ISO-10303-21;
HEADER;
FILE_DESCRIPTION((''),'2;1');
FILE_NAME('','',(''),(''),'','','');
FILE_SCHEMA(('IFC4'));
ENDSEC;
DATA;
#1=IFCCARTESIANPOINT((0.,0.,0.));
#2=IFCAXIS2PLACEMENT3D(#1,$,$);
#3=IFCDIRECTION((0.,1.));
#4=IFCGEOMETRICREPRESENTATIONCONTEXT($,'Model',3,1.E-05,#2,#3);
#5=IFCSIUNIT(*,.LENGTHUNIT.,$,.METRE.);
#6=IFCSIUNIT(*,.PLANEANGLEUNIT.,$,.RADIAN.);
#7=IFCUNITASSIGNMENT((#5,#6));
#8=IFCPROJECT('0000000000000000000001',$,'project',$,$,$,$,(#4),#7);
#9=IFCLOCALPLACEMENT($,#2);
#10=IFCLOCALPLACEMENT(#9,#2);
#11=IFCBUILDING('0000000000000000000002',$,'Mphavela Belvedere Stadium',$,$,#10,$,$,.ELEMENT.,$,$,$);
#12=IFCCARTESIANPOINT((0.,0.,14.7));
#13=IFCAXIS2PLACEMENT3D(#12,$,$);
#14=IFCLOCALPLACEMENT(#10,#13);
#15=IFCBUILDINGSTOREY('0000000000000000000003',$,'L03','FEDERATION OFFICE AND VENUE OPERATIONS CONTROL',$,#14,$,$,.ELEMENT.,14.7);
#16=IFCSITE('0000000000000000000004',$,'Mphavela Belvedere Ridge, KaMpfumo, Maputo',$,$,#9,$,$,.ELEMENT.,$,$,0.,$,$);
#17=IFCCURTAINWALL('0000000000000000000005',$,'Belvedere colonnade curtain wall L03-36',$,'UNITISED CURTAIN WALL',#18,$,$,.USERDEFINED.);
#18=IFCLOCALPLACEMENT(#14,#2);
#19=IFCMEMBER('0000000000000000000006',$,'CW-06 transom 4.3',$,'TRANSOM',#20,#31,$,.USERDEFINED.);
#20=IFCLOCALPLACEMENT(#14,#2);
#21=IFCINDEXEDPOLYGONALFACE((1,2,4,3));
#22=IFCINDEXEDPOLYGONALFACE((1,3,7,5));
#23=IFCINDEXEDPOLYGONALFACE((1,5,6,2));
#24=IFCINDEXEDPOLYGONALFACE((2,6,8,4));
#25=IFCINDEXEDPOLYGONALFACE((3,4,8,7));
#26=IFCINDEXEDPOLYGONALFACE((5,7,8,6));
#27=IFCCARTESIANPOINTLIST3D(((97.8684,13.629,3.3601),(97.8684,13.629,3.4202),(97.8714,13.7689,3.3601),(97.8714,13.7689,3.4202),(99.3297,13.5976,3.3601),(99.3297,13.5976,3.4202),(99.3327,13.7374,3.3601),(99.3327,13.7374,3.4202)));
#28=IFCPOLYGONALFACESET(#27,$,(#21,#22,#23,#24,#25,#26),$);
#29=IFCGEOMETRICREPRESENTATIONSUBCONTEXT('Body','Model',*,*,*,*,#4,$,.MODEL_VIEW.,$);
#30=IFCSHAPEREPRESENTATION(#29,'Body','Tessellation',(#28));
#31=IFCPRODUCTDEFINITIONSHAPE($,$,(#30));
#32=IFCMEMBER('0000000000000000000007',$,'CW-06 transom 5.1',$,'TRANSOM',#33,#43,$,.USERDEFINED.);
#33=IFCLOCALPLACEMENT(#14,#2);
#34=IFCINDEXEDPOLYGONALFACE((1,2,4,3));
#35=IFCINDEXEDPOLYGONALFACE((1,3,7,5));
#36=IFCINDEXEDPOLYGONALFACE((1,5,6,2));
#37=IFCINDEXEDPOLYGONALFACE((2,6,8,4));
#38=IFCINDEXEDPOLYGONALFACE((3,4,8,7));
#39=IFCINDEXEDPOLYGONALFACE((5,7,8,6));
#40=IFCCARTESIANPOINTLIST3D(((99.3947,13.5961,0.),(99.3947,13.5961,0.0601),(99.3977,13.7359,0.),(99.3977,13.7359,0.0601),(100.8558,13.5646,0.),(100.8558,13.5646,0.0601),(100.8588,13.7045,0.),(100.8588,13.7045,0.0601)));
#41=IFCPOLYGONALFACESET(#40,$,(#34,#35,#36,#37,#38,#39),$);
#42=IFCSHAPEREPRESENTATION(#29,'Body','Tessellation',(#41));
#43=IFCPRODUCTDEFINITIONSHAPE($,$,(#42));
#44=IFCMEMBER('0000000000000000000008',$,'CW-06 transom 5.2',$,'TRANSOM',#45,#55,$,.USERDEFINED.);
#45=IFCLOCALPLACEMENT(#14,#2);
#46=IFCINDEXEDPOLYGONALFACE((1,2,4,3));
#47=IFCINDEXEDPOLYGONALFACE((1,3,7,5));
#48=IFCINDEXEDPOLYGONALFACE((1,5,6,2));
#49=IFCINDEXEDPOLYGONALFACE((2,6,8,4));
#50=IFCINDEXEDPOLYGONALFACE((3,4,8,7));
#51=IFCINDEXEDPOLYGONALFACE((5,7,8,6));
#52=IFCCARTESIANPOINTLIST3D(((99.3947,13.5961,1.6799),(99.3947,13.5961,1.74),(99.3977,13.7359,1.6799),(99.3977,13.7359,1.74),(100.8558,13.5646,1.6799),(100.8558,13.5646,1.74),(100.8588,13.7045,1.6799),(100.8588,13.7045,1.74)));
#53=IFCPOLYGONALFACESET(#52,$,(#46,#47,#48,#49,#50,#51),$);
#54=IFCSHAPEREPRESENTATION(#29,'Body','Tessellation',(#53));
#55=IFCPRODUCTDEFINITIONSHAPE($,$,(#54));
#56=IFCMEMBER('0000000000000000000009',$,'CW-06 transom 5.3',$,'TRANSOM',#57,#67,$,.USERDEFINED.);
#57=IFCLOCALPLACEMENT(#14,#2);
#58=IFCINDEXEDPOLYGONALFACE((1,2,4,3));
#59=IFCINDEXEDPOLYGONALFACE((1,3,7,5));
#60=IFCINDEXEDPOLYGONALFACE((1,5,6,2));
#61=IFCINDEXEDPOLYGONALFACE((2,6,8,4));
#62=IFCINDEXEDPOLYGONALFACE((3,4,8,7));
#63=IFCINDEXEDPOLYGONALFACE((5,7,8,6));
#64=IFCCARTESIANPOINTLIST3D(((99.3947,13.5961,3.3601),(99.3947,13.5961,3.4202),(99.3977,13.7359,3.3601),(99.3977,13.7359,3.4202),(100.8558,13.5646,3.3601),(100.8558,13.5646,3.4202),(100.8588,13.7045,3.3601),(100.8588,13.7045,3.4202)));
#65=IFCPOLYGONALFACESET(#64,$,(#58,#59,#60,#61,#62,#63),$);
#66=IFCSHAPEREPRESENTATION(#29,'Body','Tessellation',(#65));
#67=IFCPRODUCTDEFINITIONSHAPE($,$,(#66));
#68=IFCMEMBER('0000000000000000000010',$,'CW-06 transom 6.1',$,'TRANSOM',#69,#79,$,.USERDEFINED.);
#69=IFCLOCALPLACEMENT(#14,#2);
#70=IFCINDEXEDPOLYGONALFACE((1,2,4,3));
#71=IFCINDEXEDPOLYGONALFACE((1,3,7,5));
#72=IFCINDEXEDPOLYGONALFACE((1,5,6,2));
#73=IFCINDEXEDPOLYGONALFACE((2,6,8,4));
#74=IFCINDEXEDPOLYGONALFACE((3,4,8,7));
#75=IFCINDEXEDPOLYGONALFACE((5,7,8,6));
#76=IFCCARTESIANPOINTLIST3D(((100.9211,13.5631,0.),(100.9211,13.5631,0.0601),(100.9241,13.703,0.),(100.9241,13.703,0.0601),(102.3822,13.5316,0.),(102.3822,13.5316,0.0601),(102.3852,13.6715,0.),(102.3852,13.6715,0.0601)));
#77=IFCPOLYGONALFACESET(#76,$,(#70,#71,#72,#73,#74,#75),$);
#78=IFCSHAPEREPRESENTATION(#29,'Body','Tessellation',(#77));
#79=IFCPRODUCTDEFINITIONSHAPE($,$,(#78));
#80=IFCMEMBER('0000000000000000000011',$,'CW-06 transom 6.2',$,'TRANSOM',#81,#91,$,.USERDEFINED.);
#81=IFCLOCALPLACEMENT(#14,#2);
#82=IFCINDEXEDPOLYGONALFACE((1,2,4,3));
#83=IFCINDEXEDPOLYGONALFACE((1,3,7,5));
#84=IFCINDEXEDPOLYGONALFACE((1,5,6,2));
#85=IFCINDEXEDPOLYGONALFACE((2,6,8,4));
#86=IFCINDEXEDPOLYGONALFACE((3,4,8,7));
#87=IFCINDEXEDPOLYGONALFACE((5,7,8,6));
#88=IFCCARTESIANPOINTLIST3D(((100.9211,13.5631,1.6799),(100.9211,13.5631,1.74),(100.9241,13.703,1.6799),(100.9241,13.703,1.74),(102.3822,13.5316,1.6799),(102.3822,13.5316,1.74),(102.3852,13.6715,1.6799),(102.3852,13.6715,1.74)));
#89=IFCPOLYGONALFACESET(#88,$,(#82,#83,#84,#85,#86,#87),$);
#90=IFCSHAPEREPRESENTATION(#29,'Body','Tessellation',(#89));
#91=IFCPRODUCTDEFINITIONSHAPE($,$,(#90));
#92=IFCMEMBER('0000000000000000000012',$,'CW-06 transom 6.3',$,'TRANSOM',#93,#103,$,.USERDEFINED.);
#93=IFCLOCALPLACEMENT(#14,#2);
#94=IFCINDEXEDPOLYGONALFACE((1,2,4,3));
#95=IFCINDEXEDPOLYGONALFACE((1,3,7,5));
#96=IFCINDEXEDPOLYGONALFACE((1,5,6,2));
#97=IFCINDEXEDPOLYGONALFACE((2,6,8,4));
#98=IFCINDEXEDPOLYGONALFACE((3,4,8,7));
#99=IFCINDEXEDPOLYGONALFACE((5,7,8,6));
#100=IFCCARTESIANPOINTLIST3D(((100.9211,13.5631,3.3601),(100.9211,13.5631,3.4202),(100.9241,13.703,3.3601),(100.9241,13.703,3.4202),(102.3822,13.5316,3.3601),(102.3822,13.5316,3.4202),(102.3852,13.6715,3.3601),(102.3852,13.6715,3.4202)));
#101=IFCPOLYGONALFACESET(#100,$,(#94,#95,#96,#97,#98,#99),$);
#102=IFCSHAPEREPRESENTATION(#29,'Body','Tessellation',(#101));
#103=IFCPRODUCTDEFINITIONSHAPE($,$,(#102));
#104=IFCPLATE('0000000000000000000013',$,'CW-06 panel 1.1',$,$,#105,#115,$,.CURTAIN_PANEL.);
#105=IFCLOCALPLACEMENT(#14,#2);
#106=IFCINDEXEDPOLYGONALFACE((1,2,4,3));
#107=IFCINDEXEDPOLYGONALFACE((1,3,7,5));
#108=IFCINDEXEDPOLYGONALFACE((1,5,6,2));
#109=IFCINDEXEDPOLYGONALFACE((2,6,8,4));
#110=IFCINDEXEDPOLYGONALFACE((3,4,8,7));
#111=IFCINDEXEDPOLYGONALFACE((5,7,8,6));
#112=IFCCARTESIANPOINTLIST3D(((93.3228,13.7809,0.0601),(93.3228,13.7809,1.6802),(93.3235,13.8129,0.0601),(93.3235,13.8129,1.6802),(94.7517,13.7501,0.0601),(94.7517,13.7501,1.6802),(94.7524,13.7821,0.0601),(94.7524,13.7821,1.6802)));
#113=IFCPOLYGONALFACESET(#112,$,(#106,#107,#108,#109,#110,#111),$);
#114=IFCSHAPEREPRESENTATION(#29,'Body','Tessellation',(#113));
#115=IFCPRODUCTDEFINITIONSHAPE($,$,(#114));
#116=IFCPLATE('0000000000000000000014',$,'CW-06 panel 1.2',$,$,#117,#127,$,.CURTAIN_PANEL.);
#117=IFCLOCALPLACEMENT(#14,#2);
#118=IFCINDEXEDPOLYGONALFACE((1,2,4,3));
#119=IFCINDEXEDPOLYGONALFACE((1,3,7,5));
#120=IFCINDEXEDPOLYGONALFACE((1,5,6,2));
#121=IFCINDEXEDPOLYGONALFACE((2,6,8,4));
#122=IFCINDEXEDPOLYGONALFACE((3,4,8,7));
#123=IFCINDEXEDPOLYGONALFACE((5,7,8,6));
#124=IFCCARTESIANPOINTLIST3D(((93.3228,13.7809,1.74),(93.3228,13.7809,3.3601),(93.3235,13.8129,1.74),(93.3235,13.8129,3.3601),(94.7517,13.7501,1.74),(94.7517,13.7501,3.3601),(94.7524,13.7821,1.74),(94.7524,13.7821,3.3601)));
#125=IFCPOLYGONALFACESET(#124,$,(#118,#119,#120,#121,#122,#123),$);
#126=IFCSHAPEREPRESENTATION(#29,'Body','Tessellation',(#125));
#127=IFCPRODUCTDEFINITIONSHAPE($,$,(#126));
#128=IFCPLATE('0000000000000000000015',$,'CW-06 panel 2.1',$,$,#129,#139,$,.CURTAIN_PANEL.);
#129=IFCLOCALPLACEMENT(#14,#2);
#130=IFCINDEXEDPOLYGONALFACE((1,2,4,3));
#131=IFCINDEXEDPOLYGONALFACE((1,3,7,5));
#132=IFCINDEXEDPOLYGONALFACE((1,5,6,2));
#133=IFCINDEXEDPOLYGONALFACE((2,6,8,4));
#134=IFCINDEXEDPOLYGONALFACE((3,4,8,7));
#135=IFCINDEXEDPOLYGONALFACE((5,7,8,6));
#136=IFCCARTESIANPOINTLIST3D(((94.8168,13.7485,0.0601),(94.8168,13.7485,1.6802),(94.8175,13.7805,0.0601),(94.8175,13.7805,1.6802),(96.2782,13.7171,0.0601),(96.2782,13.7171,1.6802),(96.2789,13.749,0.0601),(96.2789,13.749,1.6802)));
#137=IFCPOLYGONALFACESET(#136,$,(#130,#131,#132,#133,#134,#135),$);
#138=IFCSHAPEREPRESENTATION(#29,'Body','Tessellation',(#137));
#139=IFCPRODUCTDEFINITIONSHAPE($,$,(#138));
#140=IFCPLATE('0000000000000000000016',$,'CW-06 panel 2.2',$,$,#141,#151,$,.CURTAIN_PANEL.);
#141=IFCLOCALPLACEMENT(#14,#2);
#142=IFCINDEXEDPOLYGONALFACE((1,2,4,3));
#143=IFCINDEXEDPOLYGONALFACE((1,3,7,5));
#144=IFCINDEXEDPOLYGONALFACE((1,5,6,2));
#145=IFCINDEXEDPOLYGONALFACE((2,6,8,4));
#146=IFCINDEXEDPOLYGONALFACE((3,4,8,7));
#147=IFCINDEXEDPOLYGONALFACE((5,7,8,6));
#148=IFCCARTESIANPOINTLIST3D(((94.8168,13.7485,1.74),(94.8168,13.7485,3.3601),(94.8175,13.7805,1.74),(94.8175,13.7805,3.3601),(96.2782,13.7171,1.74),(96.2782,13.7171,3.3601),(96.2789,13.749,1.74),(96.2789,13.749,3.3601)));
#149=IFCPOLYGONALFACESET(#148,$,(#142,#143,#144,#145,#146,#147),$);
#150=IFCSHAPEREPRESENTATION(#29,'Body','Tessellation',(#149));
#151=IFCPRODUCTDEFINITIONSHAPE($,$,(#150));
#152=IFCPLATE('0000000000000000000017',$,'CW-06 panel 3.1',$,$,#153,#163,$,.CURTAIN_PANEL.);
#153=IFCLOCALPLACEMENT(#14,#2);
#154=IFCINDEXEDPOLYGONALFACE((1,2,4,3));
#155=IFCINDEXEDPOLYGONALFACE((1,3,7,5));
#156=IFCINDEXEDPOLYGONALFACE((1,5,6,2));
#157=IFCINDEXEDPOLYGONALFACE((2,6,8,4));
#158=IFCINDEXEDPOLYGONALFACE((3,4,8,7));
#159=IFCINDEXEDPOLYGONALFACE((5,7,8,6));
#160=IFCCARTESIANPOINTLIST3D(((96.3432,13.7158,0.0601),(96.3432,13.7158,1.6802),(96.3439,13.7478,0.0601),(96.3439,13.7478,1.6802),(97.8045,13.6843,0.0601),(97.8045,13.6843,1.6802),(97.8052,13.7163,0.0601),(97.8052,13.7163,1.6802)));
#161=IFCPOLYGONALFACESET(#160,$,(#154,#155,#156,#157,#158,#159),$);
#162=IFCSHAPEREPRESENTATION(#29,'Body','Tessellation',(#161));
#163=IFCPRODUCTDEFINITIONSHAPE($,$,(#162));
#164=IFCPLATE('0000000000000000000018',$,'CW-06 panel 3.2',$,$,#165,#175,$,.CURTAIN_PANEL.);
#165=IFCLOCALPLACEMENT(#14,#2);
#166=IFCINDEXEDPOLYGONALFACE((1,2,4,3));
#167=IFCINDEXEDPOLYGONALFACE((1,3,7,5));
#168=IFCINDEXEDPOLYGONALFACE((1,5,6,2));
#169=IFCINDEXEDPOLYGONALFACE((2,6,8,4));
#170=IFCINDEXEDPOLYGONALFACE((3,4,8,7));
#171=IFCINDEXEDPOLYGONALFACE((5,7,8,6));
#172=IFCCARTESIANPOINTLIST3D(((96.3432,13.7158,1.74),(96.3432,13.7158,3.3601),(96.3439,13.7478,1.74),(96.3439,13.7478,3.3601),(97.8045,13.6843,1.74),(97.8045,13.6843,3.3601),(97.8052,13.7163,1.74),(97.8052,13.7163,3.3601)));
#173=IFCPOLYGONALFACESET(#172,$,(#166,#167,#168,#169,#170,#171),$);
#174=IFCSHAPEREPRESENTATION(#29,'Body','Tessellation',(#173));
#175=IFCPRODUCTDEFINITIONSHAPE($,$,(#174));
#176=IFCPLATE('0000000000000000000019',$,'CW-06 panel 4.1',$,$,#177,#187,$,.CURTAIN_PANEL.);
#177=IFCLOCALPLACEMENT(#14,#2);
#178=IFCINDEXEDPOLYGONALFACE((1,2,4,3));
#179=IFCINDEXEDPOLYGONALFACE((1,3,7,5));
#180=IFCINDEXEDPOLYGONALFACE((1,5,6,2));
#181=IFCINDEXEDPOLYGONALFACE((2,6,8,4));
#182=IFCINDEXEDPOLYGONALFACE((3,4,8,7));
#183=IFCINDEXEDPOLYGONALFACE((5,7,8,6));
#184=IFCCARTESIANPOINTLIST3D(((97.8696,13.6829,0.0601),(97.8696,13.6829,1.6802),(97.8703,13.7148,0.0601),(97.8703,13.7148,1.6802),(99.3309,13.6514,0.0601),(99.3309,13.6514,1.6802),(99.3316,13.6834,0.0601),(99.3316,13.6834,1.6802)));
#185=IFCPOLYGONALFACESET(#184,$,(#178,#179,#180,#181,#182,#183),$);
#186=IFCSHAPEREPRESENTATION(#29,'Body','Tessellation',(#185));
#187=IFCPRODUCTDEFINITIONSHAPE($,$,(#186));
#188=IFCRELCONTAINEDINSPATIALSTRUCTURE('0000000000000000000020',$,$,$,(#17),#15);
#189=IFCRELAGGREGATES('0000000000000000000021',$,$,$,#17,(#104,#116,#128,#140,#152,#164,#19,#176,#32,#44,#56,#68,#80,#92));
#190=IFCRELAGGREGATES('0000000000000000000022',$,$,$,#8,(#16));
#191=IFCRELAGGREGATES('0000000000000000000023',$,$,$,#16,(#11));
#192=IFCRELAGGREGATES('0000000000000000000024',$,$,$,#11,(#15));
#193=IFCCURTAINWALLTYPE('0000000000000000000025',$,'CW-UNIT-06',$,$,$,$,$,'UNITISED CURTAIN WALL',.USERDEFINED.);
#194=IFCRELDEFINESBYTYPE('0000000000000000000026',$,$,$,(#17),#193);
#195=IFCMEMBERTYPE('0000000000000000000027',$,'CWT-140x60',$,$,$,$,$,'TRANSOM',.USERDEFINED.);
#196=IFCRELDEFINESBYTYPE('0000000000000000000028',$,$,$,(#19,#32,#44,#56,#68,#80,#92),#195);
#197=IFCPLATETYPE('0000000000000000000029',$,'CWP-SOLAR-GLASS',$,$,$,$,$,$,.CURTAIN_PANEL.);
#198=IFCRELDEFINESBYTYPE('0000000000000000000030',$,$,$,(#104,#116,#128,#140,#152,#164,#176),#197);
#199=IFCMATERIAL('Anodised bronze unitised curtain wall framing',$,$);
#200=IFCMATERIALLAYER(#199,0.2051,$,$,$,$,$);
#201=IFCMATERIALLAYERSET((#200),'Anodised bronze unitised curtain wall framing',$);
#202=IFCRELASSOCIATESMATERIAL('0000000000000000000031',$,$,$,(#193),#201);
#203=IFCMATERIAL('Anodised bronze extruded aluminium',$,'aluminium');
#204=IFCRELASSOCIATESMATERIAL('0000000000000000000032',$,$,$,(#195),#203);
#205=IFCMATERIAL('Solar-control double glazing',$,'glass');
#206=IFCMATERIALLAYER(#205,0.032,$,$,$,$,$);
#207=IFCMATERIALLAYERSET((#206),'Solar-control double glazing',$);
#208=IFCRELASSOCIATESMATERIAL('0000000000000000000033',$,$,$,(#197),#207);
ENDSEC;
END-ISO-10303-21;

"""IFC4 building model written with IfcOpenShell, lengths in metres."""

from ifc_helpers import new_model, si_unit, direction, frame, origin, origin_2d, place, context, subcontext, project, spatial, rectangle, extrude, material, layer, layer_set, material_profile, profile_set, type_object, element, aggregate, save


model = new_model("IFC4")

# Units and contexts
model_context = context("Model", 3, precision=1e-05, world=origin(), true_north=direction((0.0, 1.0)))
body_context = subcontext(model_context, "Body", "Model", "MODEL_VIEW")
ifc_project = project(units=[si_unit("LENGTHUNIT", "METRE"), si_unit("PLANEANGLEUNIT", "RADIAN")], contexts=[model_context])

# Site, building, storey
site_placement = place(None, origin())
site = spatial("IfcSite", under=ifc_project, at=site_placement, Name="Mphavela Belvedere Ridge, KaMpfumo, Maputo", CompositionType="ELEMENT", RefElevation=0.0)
building_placement = place(site_placement, origin())
building = spatial("IfcBuilding", under=site, at=building_placement, Name="Mphavela Belvedere Stadium", CompositionType="ELEMENT")
storey_placement = place(building_placement, frame((0.0, 0.0, 14.7)))
storey = spatial("IfcBuildingStorey", under=building, at=storey_placement, Name="L03", Description="FEDERATION OFFICE AND VENUE OPERATIONS CONTROL", CompositionType="ELEMENT", Elevation=14.7)

# Curtain wall, members, plates
ifc_material_1 = material(Name="Anodised bronze unitised curtain wall framing")
ifc_layer_1 = layer(ifc_material_1, 0.2051)
ifc_layer_set_1 = layer_set([ifc_layer_1], Name="Anodised bronze unitised curtain wall framing")
curtain_wall_type = type_object("IfcCurtainWallType", Name="CW-UNIT-06", ElementType="UNITISED CURTAIN WALL", PredefinedType="USERDEFINED", material=ifc_layer_set_1)
curtain_wall_placement = place(storey_placement, origin())
curtain_wall = element("IfcCurtainWall", 1, at=curtain_wall_placement, inside=storey, type_object=curtain_wall_type, Name="Belvedere colonnade curtain wall L03-36", ObjectType="UNITISED CURTAIN WALL", PredefinedType="USERDEFINED")
ifc_material_2 = material(Name="Anodised bronze extruded aluminium", Category="aluminium")
ifc_material_profile_1 = material_profile(ifc_material_2, rectangle(XDim=0.1399, YDim=0.0601, at=origin_2d()), Name="CW-TRN 140x60")
ifc_profile_set_1 = profile_set([ifc_material_profile_1], Name="Anodised bronze extruded aluminium")
member_type_1 = type_object("IfcMemberType", Name="CWT-140x60", ElementType="TRANSOM", PredefinedType="USERDEFINED", material=ifc_profile_set_1)
member_1_placement = place(storey_placement, frame((97.8699, 13.699, 3.3901), z_axis=(0.999768, -0.021545, 0.0), x_axis=(0.021545, 0.999768, 0.0)))
member_1 = element("IfcMember", 2, at=member_1_placement, type_object=member_type_1, Name="CW-06 transom 4.3", ObjectType="TRANSOM", PredefinedType="USERDEFINED", context=body_context, shape_type="SweptSolid", body=[
    extrude(rectangle(XDim=0.1399, YDim=0.0601, at=origin_2d()), origin(), (0.0, 0.0, 1.0), 1.4617),
])
member_2_placement = place(storey_placement, frame((99.3962, 13.666, 0.03), z_axis=(0.999768, -0.021549, 0.0), x_axis=(0.021549, 0.999768, 0.0)))
member_2 = element("IfcMember", 3, at=member_2_placement, type_object=member_type_1, Name="CW-06 transom 5.1", ObjectType="TRANSOM", PredefinedType="USERDEFINED", context=body_context, shape_type="SweptSolid", body=[
    extrude(rectangle(XDim=0.1399, YDim=0.0601, at=origin_2d()), origin(), (0.0, 0.0, 1.0), 1.4614),
])
member_3_placement = place(storey_placement, frame((99.3962, 13.666, 1.71), z_axis=(0.999768, -0.021549, 0.0), x_axis=(0.021549, 0.999768, 0.0)))
member_3 = element("IfcMember", 4, at=member_3_placement, type_object=member_type_1, Name="CW-06 transom 5.2", ObjectType="TRANSOM", PredefinedType="USERDEFINED", context=body_context, shape_type="SweptSolid", body=[
    extrude(rectangle(XDim=0.1399, YDim=0.0601, at=origin_2d()), origin(), (0.0, 0.0, 1.0), 1.4614),
])
member_4_placement = place(storey_placement, frame((99.3962, 13.666, 3.3901), z_axis=(0.999768, -0.021549, 0.0), x_axis=(0.021549, 0.999768, 0.0)))
member_4 = element("IfcMember", 5, at=member_4_placement, type_object=member_type_1, Name="CW-06 transom 5.3", ObjectType="TRANSOM", PredefinedType="USERDEFINED", context=body_context, shape_type="SweptSolid", body=[
    extrude(rectangle(XDim=0.1399, YDim=0.0601, at=origin_2d()), origin(), (0.0, 0.0, 1.0), 1.4614),
])
member_5_placement = place(storey_placement, frame((100.9226, 13.6331, 0.03), z_axis=(0.999768, -0.021549, 0.0), x_axis=(0.021549, 0.999768, 0.0)))
member_5 = element("IfcMember", 6, at=member_5_placement, type_object=member_type_1, Name="CW-06 transom 6.1", ObjectType="TRANSOM", PredefinedType="USERDEFINED", context=body_context, shape_type="SweptSolid", body=[
    extrude(rectangle(XDim=0.1399, YDim=0.0601, at=origin_2d()), origin(), (0.0, 0.0, 1.0), 1.4614),
])
member_6_placement = place(storey_placement, frame((100.9226, 13.6331, 1.71), z_axis=(0.999768, -0.021549, 0.0), x_axis=(0.021549, 0.999768, 0.0)))
member_6 = element("IfcMember", 7, at=member_6_placement, type_object=member_type_1, Name="CW-06 transom 6.2", ObjectType="TRANSOM", PredefinedType="USERDEFINED", context=body_context, shape_type="SweptSolid", body=[
    extrude(rectangle(XDim=0.1399, YDim=0.0601, at=origin_2d()), origin(), (0.0, 0.0, 1.0), 1.4614),
])
member_7_placement = place(storey_placement, frame((100.9226, 13.6331, 3.3901), z_axis=(0.999768, -0.021549, 0.0), x_axis=(0.021549, 0.999768, 0.0)))
member_7 = element("IfcMember", 8, at=member_7_placement, type_object=member_type_1, Name="CW-06 transom 6.3", ObjectType="TRANSOM", PredefinedType="USERDEFINED", context=body_context, shape_type="SweptSolid", body=[
    extrude(rectangle(XDim=0.1399, YDim=0.0601, at=origin_2d()), origin(), (0.0, 0.0, 1.0), 1.4614),
])
ifc_material_3 = material(Name="Solar-control double glazing", Category="glass")
ifc_layer_2 = layer(ifc_material_3, 0.032)
ifc_layer_set_2 = layer_set([ifc_layer_2], Name="Solar-control double glazing")
plate_type = type_object("IfcPlateType", Name="CWP-SOLAR-GLASS", PredefinedType="CURTAIN_PANEL", material=ifc_layer_set_2)
plate_1_placement = place(storey_placement, frame((94.0376, 13.7815, 0.0601), z_axis=(0.0, 0.0, 1.0), x_axis=(0.999768, -0.021531, 0.0)))
plate_1 = element("IfcPlate", 9, at=plate_1_placement, type_object=plate_type, Name="CW-06 panel 1.1", PredefinedType="CURTAIN_PANEL", context=body_context, shape_type="SweptSolid", body=[
    extrude(rectangle(XDim=1.4292, YDim=0.032, at=origin_2d()), origin(), (0.0, 0.0, 1.0), 1.6201),
])
plate_2_placement = place(storey_placement, frame((94.0376, 13.7815, 1.74), z_axis=(0.0, 0.0, 1.0), x_axis=(0.999768, -0.021531, 0.0)))
plate_2 = element("IfcPlate", 10, at=plate_2_placement, type_object=plate_type, Name="CW-06 panel 1.2", PredefinedType="CURTAIN_PANEL", context=body_context, shape_type="SweptSolid", body=[
    extrude(rectangle(XDim=1.4292, YDim=0.032, at=origin_2d()), origin(), (0.0, 0.0, 1.0), 1.6201),
])
plate_3_placement = place(storey_placement, frame((95.5479, 13.7488, 0.0601), z_axis=(0.0, 0.0, 1.0), x_axis=(0.999768, -0.021531, 0.0)))
plate_3 = element("IfcPlate", 11, at=plate_3_placement, type_object=plate_type, Name="CW-06 panel 2.1", PredefinedType="CURTAIN_PANEL", context=body_context, shape_type="SweptSolid", body=[
    extrude(rectangle(XDim=1.4617, YDim=0.032, at=origin_2d()), origin(), (0.0, 0.0, 1.0), 1.6201),
])
plate_4_placement = place(storey_placement, frame((95.5479, 13.7488, 1.74), z_axis=(0.0, 0.0, 1.0), x_axis=(0.999768, -0.021531, 0.0)))
plate_4 = element("IfcPlate", 12, at=plate_4_placement, type_object=plate_type, Name="CW-06 panel 2.2", PredefinedType="CURTAIN_PANEL", context=body_context, shape_type="SweptSolid", body=[
    extrude(rectangle(XDim=1.4617, YDim=0.032, at=origin_2d()), origin(), (0.0, 0.0, 1.0), 1.6201),
])
plate_5_placement = place(storey_placement, frame((97.0742, 13.7161, 0.0601), z_axis=(0.0, 0.0, 1.0), x_axis=(0.999768, -0.021531, 0.0)))
plate_5 = element("IfcPlate", 13, at=plate_5_placement, type_object=plate_type, Name="CW-06 panel 3.1", PredefinedType="CURTAIN_PANEL", context=body_context, shape_type="SweptSolid", body=[
    extrude(rectangle(XDim=1.4617, YDim=0.032, at=origin_2d()), origin(), (0.0, 0.0, 1.0), 1.6201),
])
plate_6_placement = place(storey_placement, frame((97.0742, 13.7161, 1.74), z_axis=(0.0, 0.0, 1.0), x_axis=(0.999768, -0.021531, 0.0)))
plate_6 = element("IfcPlate", 14, at=plate_6_placement, type_object=plate_type, Name="CW-06 panel 3.2", PredefinedType="CURTAIN_PANEL", context=body_context, shape_type="SweptSolid", body=[
    extrude(rectangle(XDim=1.4617, YDim=0.032, at=origin_2d()), origin(), (0.0, 0.0, 1.0), 1.6201),
])
plate_7_placement = place(storey_placement, frame((98.6006, 13.6831, 0.0601), z_axis=(0.0, 0.0, 1.0), x_axis=(0.999768, -0.021531, 0.0)))
plate_7 = element("IfcPlate", 15, at=plate_7_placement, type_object=plate_type, Name="CW-06 panel 4.1", PredefinedType="CURTAIN_PANEL", context=body_context, shape_type="SweptSolid", body=[
    extrude(rectangle(XDim=1.4617, YDim=0.032, at=origin_2d()), origin(), (0.0, 0.0, 1.0), 1.6201),
])
aggregate(curtain_wall, [plate_1, plate_2, plate_3, plate_4, plate_5, plate_6, member_1, plate_7, member_2, member_3, member_4, member_5, member_6, member_7])

save(model, "model.ifc")
